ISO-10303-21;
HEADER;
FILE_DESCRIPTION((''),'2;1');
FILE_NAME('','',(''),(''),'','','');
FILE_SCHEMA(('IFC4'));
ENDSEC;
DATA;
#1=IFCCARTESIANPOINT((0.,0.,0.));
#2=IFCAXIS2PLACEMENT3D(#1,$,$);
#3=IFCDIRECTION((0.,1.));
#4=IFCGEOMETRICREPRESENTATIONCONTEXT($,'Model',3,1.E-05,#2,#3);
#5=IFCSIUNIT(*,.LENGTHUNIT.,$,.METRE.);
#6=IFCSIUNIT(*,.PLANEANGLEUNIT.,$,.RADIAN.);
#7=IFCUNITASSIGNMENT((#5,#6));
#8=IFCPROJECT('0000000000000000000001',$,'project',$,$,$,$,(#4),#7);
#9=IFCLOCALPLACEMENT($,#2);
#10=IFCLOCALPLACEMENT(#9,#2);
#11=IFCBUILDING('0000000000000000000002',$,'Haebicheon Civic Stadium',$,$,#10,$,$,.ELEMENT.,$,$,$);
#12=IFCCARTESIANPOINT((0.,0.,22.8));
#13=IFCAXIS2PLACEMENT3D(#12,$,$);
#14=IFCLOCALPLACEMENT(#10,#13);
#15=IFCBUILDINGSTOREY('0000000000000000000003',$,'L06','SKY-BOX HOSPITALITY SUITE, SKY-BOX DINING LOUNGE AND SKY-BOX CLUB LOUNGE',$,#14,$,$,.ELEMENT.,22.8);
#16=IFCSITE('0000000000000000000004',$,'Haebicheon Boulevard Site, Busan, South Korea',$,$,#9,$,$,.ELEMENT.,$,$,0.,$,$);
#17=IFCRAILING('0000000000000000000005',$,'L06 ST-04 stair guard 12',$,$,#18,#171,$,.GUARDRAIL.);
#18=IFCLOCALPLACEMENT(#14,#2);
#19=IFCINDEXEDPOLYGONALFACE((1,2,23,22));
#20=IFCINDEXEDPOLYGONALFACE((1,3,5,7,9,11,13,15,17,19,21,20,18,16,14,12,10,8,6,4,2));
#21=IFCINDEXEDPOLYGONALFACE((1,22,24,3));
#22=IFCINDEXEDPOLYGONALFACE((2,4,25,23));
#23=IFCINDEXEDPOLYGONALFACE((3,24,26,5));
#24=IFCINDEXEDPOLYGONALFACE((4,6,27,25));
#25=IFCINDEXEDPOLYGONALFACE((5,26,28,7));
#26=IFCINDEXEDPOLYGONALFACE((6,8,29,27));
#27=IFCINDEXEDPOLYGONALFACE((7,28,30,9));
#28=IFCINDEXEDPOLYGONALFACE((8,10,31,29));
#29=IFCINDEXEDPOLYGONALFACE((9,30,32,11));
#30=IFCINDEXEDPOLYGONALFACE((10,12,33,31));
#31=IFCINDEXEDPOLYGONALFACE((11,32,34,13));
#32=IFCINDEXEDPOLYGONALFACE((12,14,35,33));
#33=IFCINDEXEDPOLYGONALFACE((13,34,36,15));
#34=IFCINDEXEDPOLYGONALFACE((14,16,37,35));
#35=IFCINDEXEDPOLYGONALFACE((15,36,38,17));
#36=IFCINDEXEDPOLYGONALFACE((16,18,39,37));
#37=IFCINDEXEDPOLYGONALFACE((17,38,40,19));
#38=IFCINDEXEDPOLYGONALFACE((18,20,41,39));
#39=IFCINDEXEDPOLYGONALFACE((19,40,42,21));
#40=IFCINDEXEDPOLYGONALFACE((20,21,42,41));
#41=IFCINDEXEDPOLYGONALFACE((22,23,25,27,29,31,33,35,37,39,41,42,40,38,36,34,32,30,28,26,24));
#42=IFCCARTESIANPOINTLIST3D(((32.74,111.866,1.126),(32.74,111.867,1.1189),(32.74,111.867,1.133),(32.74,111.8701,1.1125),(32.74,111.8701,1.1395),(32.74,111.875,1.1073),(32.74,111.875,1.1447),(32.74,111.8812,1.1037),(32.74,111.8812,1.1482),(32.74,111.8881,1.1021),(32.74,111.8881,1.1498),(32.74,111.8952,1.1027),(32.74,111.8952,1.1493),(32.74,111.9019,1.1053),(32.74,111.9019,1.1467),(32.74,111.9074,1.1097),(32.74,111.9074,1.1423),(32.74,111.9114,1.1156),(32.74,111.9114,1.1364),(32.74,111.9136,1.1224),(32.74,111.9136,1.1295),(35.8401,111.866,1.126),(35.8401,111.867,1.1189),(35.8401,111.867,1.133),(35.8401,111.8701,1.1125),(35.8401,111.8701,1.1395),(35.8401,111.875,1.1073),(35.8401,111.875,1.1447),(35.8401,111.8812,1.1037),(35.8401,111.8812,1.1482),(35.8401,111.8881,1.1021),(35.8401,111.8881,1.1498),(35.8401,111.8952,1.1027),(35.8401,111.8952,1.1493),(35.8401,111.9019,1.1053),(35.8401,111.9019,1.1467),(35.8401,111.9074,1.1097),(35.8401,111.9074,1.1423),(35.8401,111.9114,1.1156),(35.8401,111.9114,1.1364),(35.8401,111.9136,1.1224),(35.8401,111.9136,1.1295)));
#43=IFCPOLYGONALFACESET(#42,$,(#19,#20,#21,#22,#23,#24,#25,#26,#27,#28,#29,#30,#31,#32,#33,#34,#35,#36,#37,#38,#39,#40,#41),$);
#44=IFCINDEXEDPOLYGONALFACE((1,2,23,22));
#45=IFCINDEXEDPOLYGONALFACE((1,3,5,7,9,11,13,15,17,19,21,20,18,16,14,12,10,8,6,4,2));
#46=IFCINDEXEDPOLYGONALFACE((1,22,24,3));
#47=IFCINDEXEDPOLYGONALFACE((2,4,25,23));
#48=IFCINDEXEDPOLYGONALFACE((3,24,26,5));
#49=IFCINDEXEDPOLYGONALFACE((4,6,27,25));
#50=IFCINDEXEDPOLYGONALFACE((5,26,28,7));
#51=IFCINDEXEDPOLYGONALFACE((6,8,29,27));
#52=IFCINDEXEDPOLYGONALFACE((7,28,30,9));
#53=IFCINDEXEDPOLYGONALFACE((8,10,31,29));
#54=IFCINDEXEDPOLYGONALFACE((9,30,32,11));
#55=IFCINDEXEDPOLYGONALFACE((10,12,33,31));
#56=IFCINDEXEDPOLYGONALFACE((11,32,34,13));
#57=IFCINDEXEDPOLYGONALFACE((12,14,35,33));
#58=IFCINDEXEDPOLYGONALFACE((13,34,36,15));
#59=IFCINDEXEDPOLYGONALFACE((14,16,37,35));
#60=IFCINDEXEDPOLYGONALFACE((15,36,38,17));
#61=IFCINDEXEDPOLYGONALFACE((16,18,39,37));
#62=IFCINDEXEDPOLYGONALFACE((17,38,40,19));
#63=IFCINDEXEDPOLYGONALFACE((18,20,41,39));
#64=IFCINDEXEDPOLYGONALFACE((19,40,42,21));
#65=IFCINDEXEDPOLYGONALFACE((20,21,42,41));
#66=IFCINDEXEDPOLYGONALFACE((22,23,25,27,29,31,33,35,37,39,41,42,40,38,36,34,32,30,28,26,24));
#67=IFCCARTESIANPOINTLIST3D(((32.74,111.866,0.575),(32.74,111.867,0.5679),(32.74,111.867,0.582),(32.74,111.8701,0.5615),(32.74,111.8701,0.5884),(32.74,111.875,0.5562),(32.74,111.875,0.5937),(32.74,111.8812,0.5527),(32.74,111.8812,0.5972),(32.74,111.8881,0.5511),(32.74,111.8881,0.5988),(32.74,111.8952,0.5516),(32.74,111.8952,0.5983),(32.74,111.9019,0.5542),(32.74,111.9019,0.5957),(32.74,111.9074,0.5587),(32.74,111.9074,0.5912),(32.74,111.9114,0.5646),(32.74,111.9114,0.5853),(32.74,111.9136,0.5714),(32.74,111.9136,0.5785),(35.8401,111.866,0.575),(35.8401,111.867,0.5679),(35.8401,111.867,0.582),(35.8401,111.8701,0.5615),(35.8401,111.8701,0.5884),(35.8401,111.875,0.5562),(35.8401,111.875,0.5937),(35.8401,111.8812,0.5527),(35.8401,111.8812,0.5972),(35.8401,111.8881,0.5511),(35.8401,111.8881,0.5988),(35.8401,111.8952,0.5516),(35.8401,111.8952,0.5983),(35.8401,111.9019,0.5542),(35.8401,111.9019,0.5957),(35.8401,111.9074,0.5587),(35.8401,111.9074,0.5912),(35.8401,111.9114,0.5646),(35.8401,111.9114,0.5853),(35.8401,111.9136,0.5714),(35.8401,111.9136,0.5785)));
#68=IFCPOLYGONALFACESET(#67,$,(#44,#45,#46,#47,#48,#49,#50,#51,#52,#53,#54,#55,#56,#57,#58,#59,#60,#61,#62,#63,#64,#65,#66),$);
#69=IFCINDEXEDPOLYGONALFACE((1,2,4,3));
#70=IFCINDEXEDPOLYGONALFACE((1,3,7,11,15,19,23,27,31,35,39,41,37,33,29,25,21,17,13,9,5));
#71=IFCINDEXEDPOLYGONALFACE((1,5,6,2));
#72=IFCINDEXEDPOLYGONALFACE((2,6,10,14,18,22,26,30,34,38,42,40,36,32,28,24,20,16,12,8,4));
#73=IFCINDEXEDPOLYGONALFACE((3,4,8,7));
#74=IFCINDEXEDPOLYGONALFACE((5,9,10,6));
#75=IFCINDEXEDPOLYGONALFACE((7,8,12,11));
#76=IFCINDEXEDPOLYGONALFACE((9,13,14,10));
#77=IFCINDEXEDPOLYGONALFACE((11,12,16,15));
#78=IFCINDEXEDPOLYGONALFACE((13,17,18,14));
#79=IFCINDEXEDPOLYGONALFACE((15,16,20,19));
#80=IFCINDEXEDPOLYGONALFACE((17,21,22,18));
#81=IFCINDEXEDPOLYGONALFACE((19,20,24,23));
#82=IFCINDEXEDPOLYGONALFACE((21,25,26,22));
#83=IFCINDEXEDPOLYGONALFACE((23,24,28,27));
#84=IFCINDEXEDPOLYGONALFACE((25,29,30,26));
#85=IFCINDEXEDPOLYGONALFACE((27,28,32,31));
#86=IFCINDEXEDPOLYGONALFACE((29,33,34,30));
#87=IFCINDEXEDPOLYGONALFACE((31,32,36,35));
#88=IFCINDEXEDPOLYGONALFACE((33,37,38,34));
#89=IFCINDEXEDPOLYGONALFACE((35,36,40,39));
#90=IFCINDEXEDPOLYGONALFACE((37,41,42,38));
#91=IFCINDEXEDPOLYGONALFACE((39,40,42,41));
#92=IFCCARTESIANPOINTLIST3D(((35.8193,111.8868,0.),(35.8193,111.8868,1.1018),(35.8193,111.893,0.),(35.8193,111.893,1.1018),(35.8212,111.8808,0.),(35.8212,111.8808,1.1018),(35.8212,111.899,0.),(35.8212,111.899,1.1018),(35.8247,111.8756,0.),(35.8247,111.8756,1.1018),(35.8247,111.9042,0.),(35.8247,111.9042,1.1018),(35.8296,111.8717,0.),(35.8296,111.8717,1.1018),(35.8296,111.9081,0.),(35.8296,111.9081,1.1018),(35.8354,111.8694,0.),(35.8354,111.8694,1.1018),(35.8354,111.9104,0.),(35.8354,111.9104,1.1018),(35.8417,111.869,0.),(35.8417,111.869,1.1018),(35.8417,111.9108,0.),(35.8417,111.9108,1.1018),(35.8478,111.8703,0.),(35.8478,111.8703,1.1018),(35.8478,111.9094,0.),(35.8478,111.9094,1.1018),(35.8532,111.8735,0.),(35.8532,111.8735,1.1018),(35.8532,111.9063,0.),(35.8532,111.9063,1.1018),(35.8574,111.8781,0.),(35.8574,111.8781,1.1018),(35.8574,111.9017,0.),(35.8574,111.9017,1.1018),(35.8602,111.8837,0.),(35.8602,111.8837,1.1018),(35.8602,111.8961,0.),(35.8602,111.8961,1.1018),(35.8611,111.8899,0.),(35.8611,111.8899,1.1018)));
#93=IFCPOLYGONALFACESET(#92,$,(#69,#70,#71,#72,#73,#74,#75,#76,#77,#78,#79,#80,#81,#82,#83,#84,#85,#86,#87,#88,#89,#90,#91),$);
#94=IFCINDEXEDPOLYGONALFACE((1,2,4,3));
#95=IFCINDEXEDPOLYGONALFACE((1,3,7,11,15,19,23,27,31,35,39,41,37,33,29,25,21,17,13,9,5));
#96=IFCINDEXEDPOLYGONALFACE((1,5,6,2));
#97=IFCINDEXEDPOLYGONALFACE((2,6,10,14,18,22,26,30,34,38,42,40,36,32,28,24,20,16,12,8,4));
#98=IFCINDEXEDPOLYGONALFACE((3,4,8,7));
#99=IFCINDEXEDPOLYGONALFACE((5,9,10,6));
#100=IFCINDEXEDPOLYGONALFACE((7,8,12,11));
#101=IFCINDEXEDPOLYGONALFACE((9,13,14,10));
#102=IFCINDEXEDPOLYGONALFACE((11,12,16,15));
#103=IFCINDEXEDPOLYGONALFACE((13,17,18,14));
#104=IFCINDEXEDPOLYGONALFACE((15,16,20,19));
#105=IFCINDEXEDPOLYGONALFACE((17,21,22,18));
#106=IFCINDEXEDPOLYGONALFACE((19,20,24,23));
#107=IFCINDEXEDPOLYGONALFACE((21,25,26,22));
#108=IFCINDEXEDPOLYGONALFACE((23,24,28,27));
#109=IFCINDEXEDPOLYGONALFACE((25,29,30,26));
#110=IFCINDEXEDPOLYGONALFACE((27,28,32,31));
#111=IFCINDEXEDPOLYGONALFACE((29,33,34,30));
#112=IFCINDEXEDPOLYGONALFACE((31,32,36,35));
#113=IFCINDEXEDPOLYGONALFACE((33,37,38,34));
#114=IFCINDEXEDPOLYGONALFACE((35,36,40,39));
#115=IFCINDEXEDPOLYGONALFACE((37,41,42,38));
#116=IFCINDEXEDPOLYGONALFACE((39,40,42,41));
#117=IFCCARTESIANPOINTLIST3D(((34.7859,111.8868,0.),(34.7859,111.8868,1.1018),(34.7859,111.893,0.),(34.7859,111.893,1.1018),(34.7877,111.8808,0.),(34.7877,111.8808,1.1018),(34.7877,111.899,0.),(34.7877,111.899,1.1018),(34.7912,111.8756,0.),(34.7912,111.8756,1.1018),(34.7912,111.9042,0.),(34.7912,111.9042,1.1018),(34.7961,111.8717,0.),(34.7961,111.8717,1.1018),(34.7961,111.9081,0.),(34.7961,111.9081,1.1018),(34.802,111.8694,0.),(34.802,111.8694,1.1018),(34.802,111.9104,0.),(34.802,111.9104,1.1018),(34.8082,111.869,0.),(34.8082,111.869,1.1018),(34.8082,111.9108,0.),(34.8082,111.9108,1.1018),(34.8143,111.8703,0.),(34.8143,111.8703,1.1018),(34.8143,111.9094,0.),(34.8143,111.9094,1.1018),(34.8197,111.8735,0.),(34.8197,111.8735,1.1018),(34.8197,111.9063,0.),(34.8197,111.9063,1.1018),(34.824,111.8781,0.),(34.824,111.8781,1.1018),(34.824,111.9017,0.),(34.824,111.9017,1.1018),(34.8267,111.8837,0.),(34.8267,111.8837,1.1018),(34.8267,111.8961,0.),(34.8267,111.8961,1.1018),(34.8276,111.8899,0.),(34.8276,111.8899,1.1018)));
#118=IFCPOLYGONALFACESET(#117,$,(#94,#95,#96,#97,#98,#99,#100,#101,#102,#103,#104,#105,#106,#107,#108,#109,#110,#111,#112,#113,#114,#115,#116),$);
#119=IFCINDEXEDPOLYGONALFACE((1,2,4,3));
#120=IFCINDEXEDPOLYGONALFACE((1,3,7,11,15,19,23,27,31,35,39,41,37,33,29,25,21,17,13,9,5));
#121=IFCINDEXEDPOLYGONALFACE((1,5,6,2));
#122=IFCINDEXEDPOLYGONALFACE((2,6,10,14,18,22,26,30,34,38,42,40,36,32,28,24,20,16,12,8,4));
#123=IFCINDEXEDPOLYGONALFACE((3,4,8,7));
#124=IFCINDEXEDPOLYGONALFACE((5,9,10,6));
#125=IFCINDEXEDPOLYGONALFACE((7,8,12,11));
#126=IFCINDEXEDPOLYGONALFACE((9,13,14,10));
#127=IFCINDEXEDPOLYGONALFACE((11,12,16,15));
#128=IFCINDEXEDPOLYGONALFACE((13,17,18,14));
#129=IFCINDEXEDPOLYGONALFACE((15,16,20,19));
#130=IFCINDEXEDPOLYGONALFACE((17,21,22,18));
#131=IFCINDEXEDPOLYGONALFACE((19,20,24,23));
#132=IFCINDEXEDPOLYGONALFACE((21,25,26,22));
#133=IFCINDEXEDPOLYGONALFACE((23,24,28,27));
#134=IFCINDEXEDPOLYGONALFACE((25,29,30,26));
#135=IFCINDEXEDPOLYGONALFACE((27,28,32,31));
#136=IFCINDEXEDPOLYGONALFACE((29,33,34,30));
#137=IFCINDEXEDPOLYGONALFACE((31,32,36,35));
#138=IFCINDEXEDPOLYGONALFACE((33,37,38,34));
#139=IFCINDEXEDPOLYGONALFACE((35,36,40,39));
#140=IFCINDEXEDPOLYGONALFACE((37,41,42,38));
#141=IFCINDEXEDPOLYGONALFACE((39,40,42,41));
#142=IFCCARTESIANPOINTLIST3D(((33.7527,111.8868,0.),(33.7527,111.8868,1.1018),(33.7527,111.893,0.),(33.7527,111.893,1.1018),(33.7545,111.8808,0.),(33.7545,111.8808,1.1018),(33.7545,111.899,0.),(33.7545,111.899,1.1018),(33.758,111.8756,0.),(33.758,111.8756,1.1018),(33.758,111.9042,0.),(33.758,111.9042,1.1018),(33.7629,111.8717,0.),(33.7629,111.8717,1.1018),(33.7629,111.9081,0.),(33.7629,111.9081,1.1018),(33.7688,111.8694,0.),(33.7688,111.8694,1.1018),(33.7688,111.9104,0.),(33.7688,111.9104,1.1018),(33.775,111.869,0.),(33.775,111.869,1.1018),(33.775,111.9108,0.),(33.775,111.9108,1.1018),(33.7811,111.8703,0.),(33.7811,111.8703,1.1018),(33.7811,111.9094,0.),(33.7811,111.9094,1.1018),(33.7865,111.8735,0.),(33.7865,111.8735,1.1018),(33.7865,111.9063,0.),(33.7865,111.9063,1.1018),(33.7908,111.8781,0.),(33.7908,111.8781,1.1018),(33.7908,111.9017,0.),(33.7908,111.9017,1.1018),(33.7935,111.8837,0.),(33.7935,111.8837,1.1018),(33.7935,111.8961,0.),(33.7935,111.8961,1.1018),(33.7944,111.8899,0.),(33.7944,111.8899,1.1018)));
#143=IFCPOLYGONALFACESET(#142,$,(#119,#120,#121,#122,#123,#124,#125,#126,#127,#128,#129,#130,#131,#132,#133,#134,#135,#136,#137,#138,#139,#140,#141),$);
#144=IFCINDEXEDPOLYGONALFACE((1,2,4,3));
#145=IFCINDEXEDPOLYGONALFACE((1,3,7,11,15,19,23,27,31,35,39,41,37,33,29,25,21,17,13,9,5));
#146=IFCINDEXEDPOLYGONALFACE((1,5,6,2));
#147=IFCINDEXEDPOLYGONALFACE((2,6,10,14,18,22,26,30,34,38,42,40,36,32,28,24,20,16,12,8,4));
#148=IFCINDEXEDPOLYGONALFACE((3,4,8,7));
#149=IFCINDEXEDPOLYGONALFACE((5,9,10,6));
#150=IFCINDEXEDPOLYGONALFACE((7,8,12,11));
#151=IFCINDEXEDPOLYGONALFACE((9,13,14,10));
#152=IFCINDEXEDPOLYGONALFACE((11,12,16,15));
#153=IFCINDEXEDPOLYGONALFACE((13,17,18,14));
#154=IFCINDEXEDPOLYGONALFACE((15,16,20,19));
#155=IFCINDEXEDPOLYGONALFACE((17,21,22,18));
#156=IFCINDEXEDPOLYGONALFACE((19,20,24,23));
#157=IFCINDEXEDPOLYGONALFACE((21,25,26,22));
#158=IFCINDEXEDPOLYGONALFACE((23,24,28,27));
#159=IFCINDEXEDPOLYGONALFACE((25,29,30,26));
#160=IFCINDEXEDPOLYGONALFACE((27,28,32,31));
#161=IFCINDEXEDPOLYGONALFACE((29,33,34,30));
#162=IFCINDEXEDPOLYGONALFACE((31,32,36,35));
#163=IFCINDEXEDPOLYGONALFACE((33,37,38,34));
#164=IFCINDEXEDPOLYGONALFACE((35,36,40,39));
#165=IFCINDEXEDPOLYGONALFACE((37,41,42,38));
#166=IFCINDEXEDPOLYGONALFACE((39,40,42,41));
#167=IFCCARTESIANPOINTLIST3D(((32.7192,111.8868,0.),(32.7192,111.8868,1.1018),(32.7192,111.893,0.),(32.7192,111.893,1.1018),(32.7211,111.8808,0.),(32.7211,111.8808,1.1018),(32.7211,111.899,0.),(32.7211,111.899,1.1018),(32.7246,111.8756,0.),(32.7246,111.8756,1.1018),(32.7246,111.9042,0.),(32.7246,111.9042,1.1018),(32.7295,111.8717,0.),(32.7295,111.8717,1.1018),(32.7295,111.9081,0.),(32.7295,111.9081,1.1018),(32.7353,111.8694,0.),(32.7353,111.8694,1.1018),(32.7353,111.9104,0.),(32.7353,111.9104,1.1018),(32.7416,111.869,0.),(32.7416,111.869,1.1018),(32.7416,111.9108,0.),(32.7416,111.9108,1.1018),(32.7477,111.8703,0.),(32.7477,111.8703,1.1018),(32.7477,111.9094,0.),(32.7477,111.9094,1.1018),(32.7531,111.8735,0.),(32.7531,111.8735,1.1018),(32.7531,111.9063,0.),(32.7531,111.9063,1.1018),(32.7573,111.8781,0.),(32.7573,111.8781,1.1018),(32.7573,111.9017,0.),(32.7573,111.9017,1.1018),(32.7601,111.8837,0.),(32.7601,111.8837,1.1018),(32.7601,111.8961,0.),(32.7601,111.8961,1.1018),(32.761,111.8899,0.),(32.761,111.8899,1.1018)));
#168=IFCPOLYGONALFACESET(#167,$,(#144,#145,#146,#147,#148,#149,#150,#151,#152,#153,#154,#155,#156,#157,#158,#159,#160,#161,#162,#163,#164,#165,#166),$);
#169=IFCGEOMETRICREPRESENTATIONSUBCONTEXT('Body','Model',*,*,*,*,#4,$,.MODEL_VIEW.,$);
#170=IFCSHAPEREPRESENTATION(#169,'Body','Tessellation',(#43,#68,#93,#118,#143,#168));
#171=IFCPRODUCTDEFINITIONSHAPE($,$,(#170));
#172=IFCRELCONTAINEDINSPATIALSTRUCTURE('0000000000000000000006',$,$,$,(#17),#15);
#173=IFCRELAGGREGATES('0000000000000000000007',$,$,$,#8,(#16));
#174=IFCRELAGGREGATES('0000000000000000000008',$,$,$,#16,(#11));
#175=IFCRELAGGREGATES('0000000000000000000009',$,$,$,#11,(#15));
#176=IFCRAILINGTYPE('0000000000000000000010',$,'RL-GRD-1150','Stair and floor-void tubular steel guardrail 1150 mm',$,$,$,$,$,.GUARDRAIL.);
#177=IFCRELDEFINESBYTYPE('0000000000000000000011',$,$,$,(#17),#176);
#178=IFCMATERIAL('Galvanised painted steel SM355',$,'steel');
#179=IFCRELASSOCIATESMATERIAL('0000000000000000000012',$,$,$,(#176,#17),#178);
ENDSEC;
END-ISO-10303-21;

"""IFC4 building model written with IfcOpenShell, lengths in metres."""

from ifc_helpers import new_model, si_unit, direction, frame, origin, origin_2d, place, context, subcontext, project, spatial, circle, extrude, material, type_object, element, save


model = new_model("IFC4")

# Units and contexts
model_context = context("Model", 3, precision=1e-05, world=origin(), true_north=direction((0.0, 1.0)))
body_context = subcontext(model_context, "Body", "Model", "MODEL_VIEW")
ifc_project = project(units=[si_unit("LENGTHUNIT", "METRE"), si_unit("PLANEANGLEUNIT", "RADIAN")], contexts=[model_context])

# Site, building, storey
site_placement = place(None, origin())
site = spatial("IfcSite", under=ifc_project, at=site_placement, Name="Haebicheon Boulevard Site, Busan, South Korea", CompositionType="ELEMENT", RefElevation=0.0)
building_placement = place(site_placement, origin())
building = spatial("IfcBuilding", under=site, at=building_placement, Name="Haebicheon Civic Stadium", CompositionType="ELEMENT")
storey_placement = place(building_placement, frame((0.0, 0.0, 22.8)))
storey = spatial("IfcBuildingStorey", under=building, at=storey_placement, Name="L06", Description="SKY-BOX HOSPITALITY SUITE, SKY-BOX DINING LOUNGE AND SKY-BOX CLUB LOUNGE", CompositionType="ELEMENT", Elevation=22.8)

# Railing
ifc_material_1 = material(Name="Galvanised painted steel SM355", Category="steel")
railing_type_1 = type_object("IfcRailingType", Name="RL-GRD-1150", Description="Stair and floor-void tubular steel guardrail 1150 mm", PredefinedType="GUARDRAIL", material=ifc_material_1)
railing_1_placement = place(storey_placement, frame((35.8401, 111.8899, 0.0)))
element("IfcRailing", 1, at=railing_1_placement, inside=storey, type_object=railing_type_1, material=ifc_material_1, Name="L06 ST-04 stair guard 12", PredefinedType="GUARDRAIL", context=body_context, shape_type="SweptSolid", body=[
    extrude(circle(Radius=0.0239, at=origin_2d()), frame((0.0, 0.0, 1.126), z_axis=(-1.0, 0.0, 0.0), x_axis=(0.0, -1.0, 0.0)), (0.0, 0.0, 1.0), 3.1001),
    extrude(circle(Radius=0.0239, at=origin_2d()), frame((0.0, 0.0, 0.575), z_axis=(-1.0, 0.0, 0.0), x_axis=(0.0, -1.0, 0.0)), (0.0, 0.0, 1.0), 3.1001),
    extrude(circle(Radius=0.021, at=origin_2d()), origin(), (0.0, 0.0, 1.0), 1.1018),
    extrude(circle(Radius=0.021, at=origin_2d()), frame((-1.0334, 0.0, 0.0)), (0.0, 0.0, 1.0), 1.1018),
    extrude(circle(Radius=0.021, at=origin_2d()), frame((-2.0667, 0.0, 0.0)), (0.0, 0.0, 1.0), 1.1018),
    extrude(circle(Radius=0.021, at=origin_2d()), frame((-3.1001, 0.0, 0.0)), (0.0, 0.0, 1.0), 1.1018),
])

save(model, "model.ifc")
